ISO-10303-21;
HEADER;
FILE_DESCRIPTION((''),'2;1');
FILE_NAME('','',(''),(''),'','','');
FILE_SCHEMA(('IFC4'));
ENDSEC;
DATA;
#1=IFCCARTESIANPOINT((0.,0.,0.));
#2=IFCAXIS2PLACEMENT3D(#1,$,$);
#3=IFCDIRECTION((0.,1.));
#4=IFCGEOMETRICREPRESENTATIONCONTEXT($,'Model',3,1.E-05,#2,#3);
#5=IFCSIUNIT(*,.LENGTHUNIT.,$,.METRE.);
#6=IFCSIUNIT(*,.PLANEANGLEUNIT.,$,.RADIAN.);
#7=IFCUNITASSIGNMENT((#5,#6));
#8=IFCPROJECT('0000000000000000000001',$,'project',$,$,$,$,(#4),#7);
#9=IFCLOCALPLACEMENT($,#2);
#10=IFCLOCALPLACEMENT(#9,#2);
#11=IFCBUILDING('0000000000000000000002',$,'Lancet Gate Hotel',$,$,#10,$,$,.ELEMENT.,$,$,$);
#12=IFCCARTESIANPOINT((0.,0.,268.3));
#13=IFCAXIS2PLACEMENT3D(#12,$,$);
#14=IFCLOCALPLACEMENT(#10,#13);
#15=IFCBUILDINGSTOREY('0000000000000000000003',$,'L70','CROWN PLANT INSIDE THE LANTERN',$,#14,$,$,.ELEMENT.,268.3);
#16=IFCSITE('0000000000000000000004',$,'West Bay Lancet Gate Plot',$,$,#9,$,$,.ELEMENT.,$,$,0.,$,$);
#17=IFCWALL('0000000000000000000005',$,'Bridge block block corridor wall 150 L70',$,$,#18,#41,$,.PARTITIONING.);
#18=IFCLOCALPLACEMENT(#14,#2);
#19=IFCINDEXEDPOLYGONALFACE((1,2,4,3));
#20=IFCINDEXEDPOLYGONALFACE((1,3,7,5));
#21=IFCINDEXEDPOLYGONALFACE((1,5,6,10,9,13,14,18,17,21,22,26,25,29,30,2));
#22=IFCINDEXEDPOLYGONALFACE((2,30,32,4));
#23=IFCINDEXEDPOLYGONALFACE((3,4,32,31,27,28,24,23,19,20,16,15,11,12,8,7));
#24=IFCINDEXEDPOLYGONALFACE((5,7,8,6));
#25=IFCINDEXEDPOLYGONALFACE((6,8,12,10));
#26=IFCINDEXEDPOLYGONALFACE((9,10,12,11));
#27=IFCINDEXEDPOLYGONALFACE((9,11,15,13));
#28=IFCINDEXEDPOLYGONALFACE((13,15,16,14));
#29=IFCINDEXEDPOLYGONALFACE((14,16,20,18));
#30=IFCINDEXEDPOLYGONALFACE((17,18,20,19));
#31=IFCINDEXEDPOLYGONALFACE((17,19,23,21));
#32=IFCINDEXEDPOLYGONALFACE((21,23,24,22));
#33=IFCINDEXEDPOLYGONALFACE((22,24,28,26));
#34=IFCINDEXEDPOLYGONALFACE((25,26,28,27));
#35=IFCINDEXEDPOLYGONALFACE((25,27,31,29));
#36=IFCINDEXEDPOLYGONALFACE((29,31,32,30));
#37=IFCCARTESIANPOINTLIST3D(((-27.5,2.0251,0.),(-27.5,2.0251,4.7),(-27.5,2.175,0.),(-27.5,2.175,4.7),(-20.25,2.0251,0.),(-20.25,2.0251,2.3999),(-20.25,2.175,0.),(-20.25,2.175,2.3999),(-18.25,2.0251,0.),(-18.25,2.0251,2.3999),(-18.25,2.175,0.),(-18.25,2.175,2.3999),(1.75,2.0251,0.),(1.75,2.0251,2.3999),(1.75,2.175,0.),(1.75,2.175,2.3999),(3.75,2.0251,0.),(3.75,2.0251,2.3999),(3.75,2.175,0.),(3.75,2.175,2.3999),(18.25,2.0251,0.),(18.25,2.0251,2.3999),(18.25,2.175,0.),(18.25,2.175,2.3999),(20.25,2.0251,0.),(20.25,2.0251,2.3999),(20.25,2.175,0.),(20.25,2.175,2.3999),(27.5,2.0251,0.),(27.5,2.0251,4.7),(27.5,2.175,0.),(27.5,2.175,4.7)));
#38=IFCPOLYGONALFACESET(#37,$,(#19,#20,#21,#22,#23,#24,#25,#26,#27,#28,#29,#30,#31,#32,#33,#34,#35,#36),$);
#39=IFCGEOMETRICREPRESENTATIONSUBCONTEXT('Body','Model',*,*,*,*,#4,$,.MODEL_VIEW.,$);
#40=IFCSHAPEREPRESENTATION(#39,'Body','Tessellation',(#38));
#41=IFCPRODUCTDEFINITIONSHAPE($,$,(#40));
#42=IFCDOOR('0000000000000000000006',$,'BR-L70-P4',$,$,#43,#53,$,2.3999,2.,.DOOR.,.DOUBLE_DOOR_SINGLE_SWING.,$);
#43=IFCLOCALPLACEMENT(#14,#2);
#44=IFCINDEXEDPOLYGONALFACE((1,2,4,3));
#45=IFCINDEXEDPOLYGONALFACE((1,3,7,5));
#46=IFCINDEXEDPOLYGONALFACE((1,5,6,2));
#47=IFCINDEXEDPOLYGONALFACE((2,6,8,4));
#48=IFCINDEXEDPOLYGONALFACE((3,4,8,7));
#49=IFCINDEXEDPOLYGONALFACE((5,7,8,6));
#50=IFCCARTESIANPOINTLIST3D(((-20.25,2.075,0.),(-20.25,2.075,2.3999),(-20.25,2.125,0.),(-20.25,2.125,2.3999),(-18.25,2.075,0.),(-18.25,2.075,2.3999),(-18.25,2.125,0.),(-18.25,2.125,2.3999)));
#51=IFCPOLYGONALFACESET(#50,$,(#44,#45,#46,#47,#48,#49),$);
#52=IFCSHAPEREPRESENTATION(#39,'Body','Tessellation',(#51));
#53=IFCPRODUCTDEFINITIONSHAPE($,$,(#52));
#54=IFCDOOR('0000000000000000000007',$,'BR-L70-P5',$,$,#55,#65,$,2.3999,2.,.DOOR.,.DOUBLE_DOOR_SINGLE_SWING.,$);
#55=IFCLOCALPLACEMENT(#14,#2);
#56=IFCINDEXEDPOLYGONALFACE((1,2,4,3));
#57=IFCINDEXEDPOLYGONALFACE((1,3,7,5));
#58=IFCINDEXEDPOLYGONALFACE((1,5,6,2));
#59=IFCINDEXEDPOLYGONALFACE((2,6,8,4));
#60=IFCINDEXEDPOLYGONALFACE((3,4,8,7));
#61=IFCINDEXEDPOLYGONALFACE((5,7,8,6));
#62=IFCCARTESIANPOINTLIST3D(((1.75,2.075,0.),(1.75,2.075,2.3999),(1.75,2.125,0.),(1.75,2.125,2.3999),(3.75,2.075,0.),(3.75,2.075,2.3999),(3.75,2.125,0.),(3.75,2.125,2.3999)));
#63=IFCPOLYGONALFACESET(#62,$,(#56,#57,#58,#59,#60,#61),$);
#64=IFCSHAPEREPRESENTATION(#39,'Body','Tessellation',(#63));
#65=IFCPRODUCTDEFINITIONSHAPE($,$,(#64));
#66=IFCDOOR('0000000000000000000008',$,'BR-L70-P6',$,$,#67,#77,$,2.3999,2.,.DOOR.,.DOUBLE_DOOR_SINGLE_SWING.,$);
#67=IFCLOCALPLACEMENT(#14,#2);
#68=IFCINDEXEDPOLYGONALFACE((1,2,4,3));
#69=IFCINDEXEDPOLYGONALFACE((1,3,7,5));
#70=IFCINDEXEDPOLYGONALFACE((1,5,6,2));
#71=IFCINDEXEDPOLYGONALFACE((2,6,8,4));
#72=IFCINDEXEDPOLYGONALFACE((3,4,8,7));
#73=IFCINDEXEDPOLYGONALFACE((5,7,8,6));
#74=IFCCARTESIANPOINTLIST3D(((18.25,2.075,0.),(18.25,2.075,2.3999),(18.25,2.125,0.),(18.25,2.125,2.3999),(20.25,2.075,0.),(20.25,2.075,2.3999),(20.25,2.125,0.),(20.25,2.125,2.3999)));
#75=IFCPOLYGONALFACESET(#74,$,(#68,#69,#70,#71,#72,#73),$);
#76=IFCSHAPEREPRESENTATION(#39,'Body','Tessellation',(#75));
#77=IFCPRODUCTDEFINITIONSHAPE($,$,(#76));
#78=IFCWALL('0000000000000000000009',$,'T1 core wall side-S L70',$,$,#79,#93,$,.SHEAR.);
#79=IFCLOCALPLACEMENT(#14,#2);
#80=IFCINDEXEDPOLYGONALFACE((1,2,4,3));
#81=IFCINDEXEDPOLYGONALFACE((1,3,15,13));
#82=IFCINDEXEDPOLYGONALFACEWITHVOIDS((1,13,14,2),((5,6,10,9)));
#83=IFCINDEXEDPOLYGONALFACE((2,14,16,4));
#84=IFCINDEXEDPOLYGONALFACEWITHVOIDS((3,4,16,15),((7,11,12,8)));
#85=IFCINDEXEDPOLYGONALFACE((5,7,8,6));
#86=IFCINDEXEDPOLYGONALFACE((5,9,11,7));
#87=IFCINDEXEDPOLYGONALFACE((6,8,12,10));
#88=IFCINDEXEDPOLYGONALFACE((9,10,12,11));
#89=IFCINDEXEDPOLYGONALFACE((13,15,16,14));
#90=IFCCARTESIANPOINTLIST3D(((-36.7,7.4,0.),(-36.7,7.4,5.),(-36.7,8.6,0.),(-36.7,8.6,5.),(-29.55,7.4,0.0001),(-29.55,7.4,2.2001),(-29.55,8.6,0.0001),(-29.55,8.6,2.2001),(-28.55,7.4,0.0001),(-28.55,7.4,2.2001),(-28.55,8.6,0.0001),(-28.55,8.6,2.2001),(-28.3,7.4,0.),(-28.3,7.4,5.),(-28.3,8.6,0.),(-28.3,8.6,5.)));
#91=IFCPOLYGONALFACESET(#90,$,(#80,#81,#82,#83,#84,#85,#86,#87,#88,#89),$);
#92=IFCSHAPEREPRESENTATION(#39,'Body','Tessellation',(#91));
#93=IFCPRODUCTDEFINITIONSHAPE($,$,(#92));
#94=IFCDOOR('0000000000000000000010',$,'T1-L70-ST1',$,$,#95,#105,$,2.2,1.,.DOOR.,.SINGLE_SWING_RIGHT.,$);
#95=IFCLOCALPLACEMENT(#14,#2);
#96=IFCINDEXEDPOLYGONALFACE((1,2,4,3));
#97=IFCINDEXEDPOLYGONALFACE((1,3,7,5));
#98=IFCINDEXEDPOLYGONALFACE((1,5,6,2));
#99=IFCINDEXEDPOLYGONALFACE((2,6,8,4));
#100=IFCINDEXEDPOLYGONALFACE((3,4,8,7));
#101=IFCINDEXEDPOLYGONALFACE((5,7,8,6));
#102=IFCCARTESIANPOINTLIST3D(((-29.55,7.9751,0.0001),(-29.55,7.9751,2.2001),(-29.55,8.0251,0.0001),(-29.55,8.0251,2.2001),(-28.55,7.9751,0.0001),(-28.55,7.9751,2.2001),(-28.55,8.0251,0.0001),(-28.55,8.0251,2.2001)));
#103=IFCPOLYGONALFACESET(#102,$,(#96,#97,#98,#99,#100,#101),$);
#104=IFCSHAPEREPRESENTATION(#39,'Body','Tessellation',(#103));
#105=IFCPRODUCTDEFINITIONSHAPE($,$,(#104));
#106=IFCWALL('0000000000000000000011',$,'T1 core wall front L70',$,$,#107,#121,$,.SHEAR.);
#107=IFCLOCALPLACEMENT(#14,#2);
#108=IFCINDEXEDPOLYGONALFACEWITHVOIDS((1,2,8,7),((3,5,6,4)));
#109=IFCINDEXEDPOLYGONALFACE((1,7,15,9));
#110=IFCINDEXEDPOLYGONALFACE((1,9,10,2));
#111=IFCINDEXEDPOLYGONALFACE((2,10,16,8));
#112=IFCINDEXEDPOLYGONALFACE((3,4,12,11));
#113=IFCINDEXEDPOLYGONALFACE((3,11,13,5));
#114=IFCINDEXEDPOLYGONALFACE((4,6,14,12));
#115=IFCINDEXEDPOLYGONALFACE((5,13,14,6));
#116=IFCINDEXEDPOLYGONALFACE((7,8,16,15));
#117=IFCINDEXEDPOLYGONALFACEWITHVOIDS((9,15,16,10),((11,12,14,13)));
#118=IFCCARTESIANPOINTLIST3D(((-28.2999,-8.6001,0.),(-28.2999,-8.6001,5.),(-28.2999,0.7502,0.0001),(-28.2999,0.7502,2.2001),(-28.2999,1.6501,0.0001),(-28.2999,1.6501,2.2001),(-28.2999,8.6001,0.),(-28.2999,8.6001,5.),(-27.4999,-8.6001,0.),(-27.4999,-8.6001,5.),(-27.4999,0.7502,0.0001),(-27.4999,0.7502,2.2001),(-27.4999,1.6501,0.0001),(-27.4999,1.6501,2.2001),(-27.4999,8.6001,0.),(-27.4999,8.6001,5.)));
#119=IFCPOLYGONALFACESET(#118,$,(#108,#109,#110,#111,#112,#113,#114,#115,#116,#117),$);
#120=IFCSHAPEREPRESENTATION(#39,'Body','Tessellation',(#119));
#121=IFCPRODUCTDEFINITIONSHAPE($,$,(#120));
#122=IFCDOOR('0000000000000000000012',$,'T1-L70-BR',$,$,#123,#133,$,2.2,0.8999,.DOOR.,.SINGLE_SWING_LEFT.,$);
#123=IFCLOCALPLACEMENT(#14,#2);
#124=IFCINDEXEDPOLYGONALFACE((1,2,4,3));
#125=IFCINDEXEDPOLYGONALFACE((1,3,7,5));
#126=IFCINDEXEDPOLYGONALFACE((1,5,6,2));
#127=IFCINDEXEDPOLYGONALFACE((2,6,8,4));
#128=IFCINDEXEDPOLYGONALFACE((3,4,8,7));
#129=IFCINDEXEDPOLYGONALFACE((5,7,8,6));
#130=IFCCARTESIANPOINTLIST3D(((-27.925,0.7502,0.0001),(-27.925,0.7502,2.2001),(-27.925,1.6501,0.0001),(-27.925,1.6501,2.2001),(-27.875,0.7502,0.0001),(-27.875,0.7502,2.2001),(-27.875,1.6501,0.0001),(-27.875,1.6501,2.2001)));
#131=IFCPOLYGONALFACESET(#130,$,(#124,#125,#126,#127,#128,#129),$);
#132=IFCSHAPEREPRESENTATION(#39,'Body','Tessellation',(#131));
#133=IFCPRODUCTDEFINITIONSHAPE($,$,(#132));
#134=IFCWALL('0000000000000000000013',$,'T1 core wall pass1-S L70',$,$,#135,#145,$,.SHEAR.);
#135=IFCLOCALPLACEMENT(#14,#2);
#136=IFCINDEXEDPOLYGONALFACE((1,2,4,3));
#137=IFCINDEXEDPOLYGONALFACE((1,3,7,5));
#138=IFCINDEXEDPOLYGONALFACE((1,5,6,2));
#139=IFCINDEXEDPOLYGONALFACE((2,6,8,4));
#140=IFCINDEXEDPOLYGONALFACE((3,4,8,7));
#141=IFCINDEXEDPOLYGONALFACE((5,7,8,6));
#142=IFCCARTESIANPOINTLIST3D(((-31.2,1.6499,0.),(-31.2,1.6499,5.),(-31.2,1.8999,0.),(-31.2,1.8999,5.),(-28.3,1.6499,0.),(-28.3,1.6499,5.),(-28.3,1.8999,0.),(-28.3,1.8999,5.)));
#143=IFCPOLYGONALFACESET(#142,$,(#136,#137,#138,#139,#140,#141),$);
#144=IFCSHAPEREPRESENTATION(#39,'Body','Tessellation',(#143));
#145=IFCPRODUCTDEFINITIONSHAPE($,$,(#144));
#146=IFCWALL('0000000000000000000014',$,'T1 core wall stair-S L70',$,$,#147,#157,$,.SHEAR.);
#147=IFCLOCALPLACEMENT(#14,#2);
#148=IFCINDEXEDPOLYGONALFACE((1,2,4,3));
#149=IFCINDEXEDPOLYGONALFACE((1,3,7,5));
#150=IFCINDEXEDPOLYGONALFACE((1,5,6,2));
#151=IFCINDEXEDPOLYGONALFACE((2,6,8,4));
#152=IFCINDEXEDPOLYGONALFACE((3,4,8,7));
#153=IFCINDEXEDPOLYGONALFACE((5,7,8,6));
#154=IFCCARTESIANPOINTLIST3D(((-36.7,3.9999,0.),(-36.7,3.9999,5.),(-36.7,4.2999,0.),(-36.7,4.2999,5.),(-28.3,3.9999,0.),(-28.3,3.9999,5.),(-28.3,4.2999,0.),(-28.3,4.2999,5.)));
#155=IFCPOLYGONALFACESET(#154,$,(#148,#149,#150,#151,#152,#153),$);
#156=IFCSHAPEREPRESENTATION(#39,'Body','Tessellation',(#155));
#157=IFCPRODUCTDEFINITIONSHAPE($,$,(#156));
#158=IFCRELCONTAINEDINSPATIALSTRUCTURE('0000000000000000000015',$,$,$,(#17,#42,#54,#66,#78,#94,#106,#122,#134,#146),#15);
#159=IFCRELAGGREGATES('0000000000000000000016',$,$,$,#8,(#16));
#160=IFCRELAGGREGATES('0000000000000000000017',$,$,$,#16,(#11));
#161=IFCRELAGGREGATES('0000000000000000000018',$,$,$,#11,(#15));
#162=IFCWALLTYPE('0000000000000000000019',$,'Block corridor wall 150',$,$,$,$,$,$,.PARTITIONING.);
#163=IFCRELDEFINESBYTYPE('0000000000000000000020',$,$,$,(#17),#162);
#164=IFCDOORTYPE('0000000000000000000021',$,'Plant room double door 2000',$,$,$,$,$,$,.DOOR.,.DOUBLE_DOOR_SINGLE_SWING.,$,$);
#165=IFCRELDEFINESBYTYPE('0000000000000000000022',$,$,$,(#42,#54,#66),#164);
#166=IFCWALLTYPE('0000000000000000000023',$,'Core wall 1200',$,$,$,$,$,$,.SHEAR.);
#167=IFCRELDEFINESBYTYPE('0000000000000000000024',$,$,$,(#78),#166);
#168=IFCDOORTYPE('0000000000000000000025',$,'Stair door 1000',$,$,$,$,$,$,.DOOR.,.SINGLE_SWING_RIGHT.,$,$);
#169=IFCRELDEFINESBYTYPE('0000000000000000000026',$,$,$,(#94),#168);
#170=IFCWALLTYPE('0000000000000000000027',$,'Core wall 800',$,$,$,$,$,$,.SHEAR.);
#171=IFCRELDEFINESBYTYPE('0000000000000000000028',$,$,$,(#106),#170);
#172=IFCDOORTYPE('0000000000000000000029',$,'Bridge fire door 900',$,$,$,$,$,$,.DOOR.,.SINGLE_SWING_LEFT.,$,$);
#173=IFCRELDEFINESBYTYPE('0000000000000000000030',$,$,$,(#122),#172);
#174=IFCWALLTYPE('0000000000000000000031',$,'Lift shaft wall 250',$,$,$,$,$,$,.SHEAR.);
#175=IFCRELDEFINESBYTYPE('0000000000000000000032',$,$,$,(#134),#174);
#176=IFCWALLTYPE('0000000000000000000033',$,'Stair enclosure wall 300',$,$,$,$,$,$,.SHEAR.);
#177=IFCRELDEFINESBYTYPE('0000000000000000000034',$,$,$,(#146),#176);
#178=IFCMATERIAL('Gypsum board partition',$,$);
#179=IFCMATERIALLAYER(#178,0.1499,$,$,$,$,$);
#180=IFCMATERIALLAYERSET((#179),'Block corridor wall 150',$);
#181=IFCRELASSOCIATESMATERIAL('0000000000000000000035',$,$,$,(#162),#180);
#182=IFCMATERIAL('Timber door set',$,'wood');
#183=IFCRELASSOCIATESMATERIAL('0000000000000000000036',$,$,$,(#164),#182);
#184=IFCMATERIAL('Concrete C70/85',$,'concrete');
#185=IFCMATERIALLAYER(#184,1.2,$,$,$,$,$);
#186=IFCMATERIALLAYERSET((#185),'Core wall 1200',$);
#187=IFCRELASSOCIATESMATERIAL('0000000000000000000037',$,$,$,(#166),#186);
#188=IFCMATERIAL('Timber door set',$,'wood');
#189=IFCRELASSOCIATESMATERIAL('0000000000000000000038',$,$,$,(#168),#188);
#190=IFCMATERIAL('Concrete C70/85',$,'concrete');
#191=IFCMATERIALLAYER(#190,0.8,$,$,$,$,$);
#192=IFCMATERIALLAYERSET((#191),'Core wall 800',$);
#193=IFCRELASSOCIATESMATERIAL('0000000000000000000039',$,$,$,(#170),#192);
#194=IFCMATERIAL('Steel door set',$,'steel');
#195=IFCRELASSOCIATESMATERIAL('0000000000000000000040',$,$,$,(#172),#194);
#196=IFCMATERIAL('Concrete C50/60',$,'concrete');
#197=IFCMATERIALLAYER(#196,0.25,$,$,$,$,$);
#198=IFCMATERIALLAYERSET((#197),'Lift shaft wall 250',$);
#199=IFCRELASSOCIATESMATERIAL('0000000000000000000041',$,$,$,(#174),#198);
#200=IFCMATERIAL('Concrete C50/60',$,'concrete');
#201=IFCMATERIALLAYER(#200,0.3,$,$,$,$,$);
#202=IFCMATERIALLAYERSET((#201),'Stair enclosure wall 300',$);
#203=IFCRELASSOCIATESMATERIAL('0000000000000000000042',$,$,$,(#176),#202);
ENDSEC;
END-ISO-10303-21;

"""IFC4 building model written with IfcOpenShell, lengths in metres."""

from ifc_helpers import new_model, si_unit, direction, frame, frame_2d, origin, place, context, subcontext, project, spatial, rectangle, extrude, material, layer, layer_set, type_object, element, fill, save


model = new_model("IFC4")

# Units and contexts
model_context = context("Model", 3, precision=1e-05, world=origin(), true_north=direction((0.0, 1.0)))
body_context = subcontext(model_context, "Body", "Model", "MODEL_VIEW")
ifc_project = project(units=[si_unit("LENGTHUNIT", "METRE"), si_unit("PLANEANGLEUNIT", "RADIAN")], contexts=[model_context])

# Site, building, storey
site_placement = place(None, origin())
site = spatial("IfcSite", under=ifc_project, at=site_placement, Name="West Bay Lancet Gate Plot", CompositionType="ELEMENT", RefElevation=0.0)
building_placement = place(site_placement, origin())
building = spatial("IfcBuilding", under=site, at=building_placement, Name="Lancet Gate Hotel", CompositionType="ELEMENT")
storey_placement = place(building_placement, frame((0.0, 0.0, 268.3)))
storey = spatial("IfcBuildingStorey", under=building, at=storey_placement, Name="L70", Description="CROWN PLANT INSIDE THE LANTERN", CompositionType="ELEMENT", Elevation=268.3)

# Wall, openings, doors
ifc_material_1 = material(Name="Gypsum board partition")
ifc_layer_1 = layer(ifc_material_1, 0.1499)
ifc_layer_set_1 = layer_set([ifc_layer_1], Name="Block corridor wall 150")
wall_type_1 = type_object("IfcWallType", Name="Block corridor wall 150", PredefinedType="PARTITIONING", material=ifc_layer_set_1)
ifc_material_2 = material(Name="Timber door set", Category="wood")
door_type_1 = type_object("IfcDoorType", Name="Plant room double door 2000", OperationType="DOUBLE_DOOR_SINGLE_SWING", PredefinedType="DOOR", material=ifc_material_2)
wall_1_placement = place(storey_placement, frame((-27.5, 2.1001, 0.0), z_axis=(0.0, 0.0, 1.0), x_axis=(1.0, 0.0, 0.0)))
wall_1 = element("IfcWall", 1, at=wall_1_placement, inside=storey, type_object=wall_type_1, Name="Bridge block block corridor wall 150 L70", PredefinedType="PARTITIONING", context=body_context, shape_type="SweptSolid", body=[
    extrude(rectangle(XDim=55.0, YDim=0.1499, at=frame_2d((27.5, 0.0))), origin(), (0.0, 0.0, 1.0), 4.7),
])
opening_1_placement = place(wall_1_placement, frame((7.25, 0.0, 0.0)))
opening_1 = element("IfcOpeningElement", 2, at=opening_1_placement, cuts=wall_1, PredefinedType="OPENING", context=body_context, shape_type="SweptSolid", body=[
    extrude(rectangle(XDim=2.0, YDim=2.3999, at=frame_2d((1.0, 1.2))), frame((0.0, 0.085, 0.0), z_axis=(0.0, -1.0, 0.0), x_axis=(1.0, 0.0, 0.0)), (0.0, 0.0, 1.0), 0.1699),
])
opening_2_placement = place(wall_1_placement, frame((29.25, 0.0, 0.0)))
opening_2 = element("IfcOpeningElement", 3, at=opening_2_placement, cuts=wall_1, PredefinedType="OPENING", context=body_context, shape_type="SweptSolid", body=[
    extrude(rectangle(XDim=2.0, YDim=2.3999, at=frame_2d((1.0, 1.2))), frame((0.0, 0.085, 0.0), z_axis=(0.0, -1.0, 0.0), x_axis=(1.0, 0.0, 0.0)), (0.0, 0.0, 1.0), 0.1699),
])
opening_3_placement = place(wall_1_placement, frame((45.75, 0.0, 0.0)))
opening_3 = element("IfcOpeningElement", 4, at=opening_3_placement, cuts=wall_1, PredefinedType="OPENING", context=body_context, shape_type="SweptSolid", body=[
    extrude(rectangle(XDim=2.0, YDim=2.3999, at=frame_2d((1.0, 1.2))), frame((0.0, 0.085, 0.0), z_axis=(0.0, -1.0, 0.0), x_axis=(1.0, 0.0, 0.0)), (0.0, 0.0, 1.0), 0.1699),
])
door_1_placement = place(opening_1_placement, origin())
door_1 = element("IfcDoor", 5, at=door_1_placement, inside=storey, type_object=door_type_1, Name="BR-L70-P4", OperationType="DOUBLE_DOOR_SINGLE_SWING", OverallHeight=2.3999, OverallWidth=2.0, PredefinedType="DOOR", context=body_context, shape_type="SweptSolid", body=[
    extrude(rectangle(XDim=2.0, YDim=2.3999, at=frame_2d((1.0, 1.2))), frame((0.0, 0.0249, 0.0), z_axis=(0.0, -1.0, 0.0), x_axis=(1.0, 0.0, 0.0)), (0.0, 0.0, 1.0), 0.05),
])
fill(opening_1, door_1)
door_2_placement = place(opening_2_placement, origin())
door_2 = element("IfcDoor", 6, at=door_2_placement, inside=storey, type_object=door_type_1, Name="BR-L70-P5", OperationType="DOUBLE_DOOR_SINGLE_SWING", OverallHeight=2.3999, OverallWidth=2.0, PredefinedType="DOOR", context=body_context, shape_type="SweptSolid", body=[
    extrude(rectangle(XDim=2.0, YDim=2.3999, at=frame_2d((1.0, 1.2))), frame((0.0, 0.0249, 0.0), z_axis=(0.0, -1.0, 0.0), x_axis=(1.0, 0.0, 0.0)), (0.0, 0.0, 1.0), 0.05),
])
fill(opening_2, door_2)
door_3_placement = place(opening_3_placement, origin())
door_3 = element("IfcDoor", 7, at=door_3_placement, inside=storey, type_object=door_type_1, Name="BR-L70-P6", OperationType="DOUBLE_DOOR_SINGLE_SWING", OverallHeight=2.3999, OverallWidth=2.0, PredefinedType="DOOR", context=body_context, shape_type="SweptSolid", body=[
    extrude(rectangle(XDim=2.0, YDim=2.3999, at=frame_2d((1.0, 1.2))), frame((0.0, 0.0249, 0.0), z_axis=(0.0, -1.0, 0.0), x_axis=(1.0, 0.0, 0.0)), (0.0, 0.0, 1.0), 0.05),
])
fill(opening_3, door_3)

# Walls, openings, doors
ifc_material_3 = material(Name="Concrete C70/85", Category="concrete")
ifc_layer_2 = layer(ifc_material_3, 1.2)
ifc_layer_set_2 = layer_set([ifc_layer_2], Name="Core wall 1200")
wall_type_2 = type_object("IfcWallType", Name="Core wall 1200", PredefinedType="SHEAR", material=ifc_layer_set_2)
wall_2_placement = place(storey_placement, frame((-28.3, 8.0, 0.0), z_axis=(0.0, 0.0, 1.0), x_axis=(-1.0, 0.0, 0.0)))
wall_2 = element("IfcWall", 8, at=wall_2_placement, inside=storey, type_object=wall_type_2, Name="T1 core wall side-S L70", PredefinedType="SHEAR", context=body_context, shape_type="SweptSolid", body=[
    extrude(rectangle(XDim=8.3999, YDim=1.2, at=frame_2d((4.2, 0.0))), origin(), (0.0, 0.0, 1.0), 5.0),
])
opening_4_placement = place(wall_2_placement, frame((0.25, 0.0, 0.0)))
opening_4 = element("IfcOpeningElement", 9, at=opening_4_placement, cuts=wall_2, PredefinedType="OPENING", context=body_context, shape_type="SweptSolid", body=[
    extrude(rectangle(XDim=1.0, YDim=2.2, at=frame_2d((0.5, 1.1001))), frame((0.0, 0.6099, 0.0), z_axis=(0.0, -1.0, 0.0), x_axis=(1.0, 0.0, 0.0)), (0.0, 0.0, 1.0), 1.22),
])
ifc_material_4 = material(Name="Timber door set", Category="wood")
door_type_2 = type_object("IfcDoorType", Name="Stair door 1000", OperationType="SINGLE_SWING_RIGHT", PredefinedType="DOOR", material=ifc_material_4)
door_4_placement = place(opening_4_placement, origin())
door_4 = element("IfcDoor", 10, at=door_4_placement, inside=storey, type_object=door_type_2, Name="T1-L70-ST1", OperationType="SINGLE_SWING_RIGHT", OverallHeight=2.2, OverallWidth=1.0, PredefinedType="DOOR", context=body_context, shape_type="SweptSolid", body=[
    extrude(rectangle(XDim=1.0, YDim=2.2, at=frame_2d((0.5, 1.1001))), frame((0.0, 0.0249, 0.0), z_axis=(0.0, -1.0, 0.0), x_axis=(1.0, 0.0, 0.0)), (0.0, 0.0, 1.0), 0.05),
])
fill(opening_4, door_4)
ifc_material_5 = material(Name="Concrete C70/85", Category="concrete")
ifc_layer_3 = layer(ifc_material_5, 0.8)
ifc_layer_set_3 = layer_set([ifc_layer_3], Name="Core wall 800")
wall_type_3 = type_object("IfcWallType", Name="Core wall 800", PredefinedType="SHEAR", material=ifc_layer_set_3)
wall_3_placement = place(storey_placement, frame((-27.8999, 8.6001, 0.0), z_axis=(0.0, 0.0, 1.0), x_axis=(0.0, -1.0, 0.0)))
wall_3 = element("IfcWall", 11, at=wall_3_placement, inside=storey, type_object=wall_type_3, Name="T1 core wall front L70", PredefinedType="SHEAR", context=body_context, shape_type="SweptSolid", body=[
    extrude(rectangle(XDim=17.2002, YDim=0.8, at=frame_2d((8.6001, 0.0))), origin(), (0.0, 0.0, 1.0), 5.0),
])
opening_5_placement = place(wall_3_placement, frame((6.95, 0.0, 0.0)))
opening_5 = element("IfcOpeningElement", 12, at=opening_5_placement, cuts=wall_3, PredefinedType="OPENING", context=body_context, shape_type="SweptSolid", body=[
    extrude(rectangle(XDim=0.8999, YDim=2.2, at=frame_2d((0.45, 1.1001))), frame((0.0, 0.4099, 0.0), z_axis=(0.0, -1.0, 0.0), x_axis=(1.0, 0.0, 0.0)), (0.0, 0.0, 1.0), 0.8201),
])
ifc_material_6 = material(Name="Steel door set", Category="steel")
door_type_3 = type_object("IfcDoorType", Name="Bridge fire door 900", OperationType="SINGLE_SWING_LEFT", PredefinedType="DOOR", material=ifc_material_6)
door_5_placement = place(opening_5_placement, origin())
door_5 = element("IfcDoor", 13, at=door_5_placement, inside=storey, type_object=door_type_3, Name="T1-L70-BR", OperationType="SINGLE_SWING_LEFT", OverallHeight=2.2, OverallWidth=0.8999, PredefinedType="DOOR", context=body_context, shape_type="SweptSolid", body=[
    extrude(rectangle(XDim=0.8999, YDim=2.2, at=frame_2d((0.45, 1.1001))), frame((0.0, 0.0249, 0.0), z_axis=(0.0, -1.0, 0.0), x_axis=(1.0, 0.0, 0.0)), (0.0, 0.0, 1.0), 0.05),
])
fill(opening_5, door_5)

# Walls
ifc_material_7 = material(Name="Concrete C50/60", Category="concrete")
ifc_layer_4 = layer(ifc_material_7, 0.25)
ifc_layer_set_4 = layer_set([ifc_layer_4], Name="Lift shaft wall 250")
wall_type_4 = type_object("IfcWallType", Name="Lift shaft wall 250", PredefinedType="SHEAR", material=ifc_layer_set_4)
wall_4_placement = place(storey_placement, frame((-28.3, 1.7749, 0.0), z_axis=(0.0, 0.0, 1.0), x_axis=(-1.0, 0.0, 0.0)))
element("IfcWall", 14, at=wall_4_placement, inside=storey, type_object=wall_type_4, Name="T1 core wall pass1-S L70", PredefinedType="SHEAR", context=body_context, shape_type="SweptSolid", body=[
    extrude(rectangle(XDim=2.8999, YDim=0.25, at=frame_2d((1.45, 0.0))), origin(), (0.0, 0.0, 1.0), 5.0),
])
ifc_material_8 = material(Name="Concrete C50/60", Category="concrete")
ifc_layer_5 = layer(ifc_material_8, 0.3)
ifc_layer_set_5 = layer_set([ifc_layer_5], Name="Stair enclosure wall 300")
wall_type_5 = type_object("IfcWallType", Name="Stair enclosure wall 300", PredefinedType="SHEAR", material=ifc_layer_set_5)
wall_5_placement = place(storey_placement, frame((-28.3, 4.1499, 0.0), z_axis=(0.0, 0.0, 1.0), x_axis=(-1.0, 0.0, 0.0)))
element("IfcWall", 15, at=wall_5_placement, inside=storey, type_object=wall_type_5, Name="T1 core wall stair-S L70", PredefinedType="SHEAR", context=body_context, shape_type="SweptSolid", body=[
    extrude(rectangle(XDim=8.3999, YDim=0.3, at=frame_2d((4.2, 0.0))), origin(), (0.0, 0.0, 1.0), 5.0),
])

save(model, "model.ifc")
